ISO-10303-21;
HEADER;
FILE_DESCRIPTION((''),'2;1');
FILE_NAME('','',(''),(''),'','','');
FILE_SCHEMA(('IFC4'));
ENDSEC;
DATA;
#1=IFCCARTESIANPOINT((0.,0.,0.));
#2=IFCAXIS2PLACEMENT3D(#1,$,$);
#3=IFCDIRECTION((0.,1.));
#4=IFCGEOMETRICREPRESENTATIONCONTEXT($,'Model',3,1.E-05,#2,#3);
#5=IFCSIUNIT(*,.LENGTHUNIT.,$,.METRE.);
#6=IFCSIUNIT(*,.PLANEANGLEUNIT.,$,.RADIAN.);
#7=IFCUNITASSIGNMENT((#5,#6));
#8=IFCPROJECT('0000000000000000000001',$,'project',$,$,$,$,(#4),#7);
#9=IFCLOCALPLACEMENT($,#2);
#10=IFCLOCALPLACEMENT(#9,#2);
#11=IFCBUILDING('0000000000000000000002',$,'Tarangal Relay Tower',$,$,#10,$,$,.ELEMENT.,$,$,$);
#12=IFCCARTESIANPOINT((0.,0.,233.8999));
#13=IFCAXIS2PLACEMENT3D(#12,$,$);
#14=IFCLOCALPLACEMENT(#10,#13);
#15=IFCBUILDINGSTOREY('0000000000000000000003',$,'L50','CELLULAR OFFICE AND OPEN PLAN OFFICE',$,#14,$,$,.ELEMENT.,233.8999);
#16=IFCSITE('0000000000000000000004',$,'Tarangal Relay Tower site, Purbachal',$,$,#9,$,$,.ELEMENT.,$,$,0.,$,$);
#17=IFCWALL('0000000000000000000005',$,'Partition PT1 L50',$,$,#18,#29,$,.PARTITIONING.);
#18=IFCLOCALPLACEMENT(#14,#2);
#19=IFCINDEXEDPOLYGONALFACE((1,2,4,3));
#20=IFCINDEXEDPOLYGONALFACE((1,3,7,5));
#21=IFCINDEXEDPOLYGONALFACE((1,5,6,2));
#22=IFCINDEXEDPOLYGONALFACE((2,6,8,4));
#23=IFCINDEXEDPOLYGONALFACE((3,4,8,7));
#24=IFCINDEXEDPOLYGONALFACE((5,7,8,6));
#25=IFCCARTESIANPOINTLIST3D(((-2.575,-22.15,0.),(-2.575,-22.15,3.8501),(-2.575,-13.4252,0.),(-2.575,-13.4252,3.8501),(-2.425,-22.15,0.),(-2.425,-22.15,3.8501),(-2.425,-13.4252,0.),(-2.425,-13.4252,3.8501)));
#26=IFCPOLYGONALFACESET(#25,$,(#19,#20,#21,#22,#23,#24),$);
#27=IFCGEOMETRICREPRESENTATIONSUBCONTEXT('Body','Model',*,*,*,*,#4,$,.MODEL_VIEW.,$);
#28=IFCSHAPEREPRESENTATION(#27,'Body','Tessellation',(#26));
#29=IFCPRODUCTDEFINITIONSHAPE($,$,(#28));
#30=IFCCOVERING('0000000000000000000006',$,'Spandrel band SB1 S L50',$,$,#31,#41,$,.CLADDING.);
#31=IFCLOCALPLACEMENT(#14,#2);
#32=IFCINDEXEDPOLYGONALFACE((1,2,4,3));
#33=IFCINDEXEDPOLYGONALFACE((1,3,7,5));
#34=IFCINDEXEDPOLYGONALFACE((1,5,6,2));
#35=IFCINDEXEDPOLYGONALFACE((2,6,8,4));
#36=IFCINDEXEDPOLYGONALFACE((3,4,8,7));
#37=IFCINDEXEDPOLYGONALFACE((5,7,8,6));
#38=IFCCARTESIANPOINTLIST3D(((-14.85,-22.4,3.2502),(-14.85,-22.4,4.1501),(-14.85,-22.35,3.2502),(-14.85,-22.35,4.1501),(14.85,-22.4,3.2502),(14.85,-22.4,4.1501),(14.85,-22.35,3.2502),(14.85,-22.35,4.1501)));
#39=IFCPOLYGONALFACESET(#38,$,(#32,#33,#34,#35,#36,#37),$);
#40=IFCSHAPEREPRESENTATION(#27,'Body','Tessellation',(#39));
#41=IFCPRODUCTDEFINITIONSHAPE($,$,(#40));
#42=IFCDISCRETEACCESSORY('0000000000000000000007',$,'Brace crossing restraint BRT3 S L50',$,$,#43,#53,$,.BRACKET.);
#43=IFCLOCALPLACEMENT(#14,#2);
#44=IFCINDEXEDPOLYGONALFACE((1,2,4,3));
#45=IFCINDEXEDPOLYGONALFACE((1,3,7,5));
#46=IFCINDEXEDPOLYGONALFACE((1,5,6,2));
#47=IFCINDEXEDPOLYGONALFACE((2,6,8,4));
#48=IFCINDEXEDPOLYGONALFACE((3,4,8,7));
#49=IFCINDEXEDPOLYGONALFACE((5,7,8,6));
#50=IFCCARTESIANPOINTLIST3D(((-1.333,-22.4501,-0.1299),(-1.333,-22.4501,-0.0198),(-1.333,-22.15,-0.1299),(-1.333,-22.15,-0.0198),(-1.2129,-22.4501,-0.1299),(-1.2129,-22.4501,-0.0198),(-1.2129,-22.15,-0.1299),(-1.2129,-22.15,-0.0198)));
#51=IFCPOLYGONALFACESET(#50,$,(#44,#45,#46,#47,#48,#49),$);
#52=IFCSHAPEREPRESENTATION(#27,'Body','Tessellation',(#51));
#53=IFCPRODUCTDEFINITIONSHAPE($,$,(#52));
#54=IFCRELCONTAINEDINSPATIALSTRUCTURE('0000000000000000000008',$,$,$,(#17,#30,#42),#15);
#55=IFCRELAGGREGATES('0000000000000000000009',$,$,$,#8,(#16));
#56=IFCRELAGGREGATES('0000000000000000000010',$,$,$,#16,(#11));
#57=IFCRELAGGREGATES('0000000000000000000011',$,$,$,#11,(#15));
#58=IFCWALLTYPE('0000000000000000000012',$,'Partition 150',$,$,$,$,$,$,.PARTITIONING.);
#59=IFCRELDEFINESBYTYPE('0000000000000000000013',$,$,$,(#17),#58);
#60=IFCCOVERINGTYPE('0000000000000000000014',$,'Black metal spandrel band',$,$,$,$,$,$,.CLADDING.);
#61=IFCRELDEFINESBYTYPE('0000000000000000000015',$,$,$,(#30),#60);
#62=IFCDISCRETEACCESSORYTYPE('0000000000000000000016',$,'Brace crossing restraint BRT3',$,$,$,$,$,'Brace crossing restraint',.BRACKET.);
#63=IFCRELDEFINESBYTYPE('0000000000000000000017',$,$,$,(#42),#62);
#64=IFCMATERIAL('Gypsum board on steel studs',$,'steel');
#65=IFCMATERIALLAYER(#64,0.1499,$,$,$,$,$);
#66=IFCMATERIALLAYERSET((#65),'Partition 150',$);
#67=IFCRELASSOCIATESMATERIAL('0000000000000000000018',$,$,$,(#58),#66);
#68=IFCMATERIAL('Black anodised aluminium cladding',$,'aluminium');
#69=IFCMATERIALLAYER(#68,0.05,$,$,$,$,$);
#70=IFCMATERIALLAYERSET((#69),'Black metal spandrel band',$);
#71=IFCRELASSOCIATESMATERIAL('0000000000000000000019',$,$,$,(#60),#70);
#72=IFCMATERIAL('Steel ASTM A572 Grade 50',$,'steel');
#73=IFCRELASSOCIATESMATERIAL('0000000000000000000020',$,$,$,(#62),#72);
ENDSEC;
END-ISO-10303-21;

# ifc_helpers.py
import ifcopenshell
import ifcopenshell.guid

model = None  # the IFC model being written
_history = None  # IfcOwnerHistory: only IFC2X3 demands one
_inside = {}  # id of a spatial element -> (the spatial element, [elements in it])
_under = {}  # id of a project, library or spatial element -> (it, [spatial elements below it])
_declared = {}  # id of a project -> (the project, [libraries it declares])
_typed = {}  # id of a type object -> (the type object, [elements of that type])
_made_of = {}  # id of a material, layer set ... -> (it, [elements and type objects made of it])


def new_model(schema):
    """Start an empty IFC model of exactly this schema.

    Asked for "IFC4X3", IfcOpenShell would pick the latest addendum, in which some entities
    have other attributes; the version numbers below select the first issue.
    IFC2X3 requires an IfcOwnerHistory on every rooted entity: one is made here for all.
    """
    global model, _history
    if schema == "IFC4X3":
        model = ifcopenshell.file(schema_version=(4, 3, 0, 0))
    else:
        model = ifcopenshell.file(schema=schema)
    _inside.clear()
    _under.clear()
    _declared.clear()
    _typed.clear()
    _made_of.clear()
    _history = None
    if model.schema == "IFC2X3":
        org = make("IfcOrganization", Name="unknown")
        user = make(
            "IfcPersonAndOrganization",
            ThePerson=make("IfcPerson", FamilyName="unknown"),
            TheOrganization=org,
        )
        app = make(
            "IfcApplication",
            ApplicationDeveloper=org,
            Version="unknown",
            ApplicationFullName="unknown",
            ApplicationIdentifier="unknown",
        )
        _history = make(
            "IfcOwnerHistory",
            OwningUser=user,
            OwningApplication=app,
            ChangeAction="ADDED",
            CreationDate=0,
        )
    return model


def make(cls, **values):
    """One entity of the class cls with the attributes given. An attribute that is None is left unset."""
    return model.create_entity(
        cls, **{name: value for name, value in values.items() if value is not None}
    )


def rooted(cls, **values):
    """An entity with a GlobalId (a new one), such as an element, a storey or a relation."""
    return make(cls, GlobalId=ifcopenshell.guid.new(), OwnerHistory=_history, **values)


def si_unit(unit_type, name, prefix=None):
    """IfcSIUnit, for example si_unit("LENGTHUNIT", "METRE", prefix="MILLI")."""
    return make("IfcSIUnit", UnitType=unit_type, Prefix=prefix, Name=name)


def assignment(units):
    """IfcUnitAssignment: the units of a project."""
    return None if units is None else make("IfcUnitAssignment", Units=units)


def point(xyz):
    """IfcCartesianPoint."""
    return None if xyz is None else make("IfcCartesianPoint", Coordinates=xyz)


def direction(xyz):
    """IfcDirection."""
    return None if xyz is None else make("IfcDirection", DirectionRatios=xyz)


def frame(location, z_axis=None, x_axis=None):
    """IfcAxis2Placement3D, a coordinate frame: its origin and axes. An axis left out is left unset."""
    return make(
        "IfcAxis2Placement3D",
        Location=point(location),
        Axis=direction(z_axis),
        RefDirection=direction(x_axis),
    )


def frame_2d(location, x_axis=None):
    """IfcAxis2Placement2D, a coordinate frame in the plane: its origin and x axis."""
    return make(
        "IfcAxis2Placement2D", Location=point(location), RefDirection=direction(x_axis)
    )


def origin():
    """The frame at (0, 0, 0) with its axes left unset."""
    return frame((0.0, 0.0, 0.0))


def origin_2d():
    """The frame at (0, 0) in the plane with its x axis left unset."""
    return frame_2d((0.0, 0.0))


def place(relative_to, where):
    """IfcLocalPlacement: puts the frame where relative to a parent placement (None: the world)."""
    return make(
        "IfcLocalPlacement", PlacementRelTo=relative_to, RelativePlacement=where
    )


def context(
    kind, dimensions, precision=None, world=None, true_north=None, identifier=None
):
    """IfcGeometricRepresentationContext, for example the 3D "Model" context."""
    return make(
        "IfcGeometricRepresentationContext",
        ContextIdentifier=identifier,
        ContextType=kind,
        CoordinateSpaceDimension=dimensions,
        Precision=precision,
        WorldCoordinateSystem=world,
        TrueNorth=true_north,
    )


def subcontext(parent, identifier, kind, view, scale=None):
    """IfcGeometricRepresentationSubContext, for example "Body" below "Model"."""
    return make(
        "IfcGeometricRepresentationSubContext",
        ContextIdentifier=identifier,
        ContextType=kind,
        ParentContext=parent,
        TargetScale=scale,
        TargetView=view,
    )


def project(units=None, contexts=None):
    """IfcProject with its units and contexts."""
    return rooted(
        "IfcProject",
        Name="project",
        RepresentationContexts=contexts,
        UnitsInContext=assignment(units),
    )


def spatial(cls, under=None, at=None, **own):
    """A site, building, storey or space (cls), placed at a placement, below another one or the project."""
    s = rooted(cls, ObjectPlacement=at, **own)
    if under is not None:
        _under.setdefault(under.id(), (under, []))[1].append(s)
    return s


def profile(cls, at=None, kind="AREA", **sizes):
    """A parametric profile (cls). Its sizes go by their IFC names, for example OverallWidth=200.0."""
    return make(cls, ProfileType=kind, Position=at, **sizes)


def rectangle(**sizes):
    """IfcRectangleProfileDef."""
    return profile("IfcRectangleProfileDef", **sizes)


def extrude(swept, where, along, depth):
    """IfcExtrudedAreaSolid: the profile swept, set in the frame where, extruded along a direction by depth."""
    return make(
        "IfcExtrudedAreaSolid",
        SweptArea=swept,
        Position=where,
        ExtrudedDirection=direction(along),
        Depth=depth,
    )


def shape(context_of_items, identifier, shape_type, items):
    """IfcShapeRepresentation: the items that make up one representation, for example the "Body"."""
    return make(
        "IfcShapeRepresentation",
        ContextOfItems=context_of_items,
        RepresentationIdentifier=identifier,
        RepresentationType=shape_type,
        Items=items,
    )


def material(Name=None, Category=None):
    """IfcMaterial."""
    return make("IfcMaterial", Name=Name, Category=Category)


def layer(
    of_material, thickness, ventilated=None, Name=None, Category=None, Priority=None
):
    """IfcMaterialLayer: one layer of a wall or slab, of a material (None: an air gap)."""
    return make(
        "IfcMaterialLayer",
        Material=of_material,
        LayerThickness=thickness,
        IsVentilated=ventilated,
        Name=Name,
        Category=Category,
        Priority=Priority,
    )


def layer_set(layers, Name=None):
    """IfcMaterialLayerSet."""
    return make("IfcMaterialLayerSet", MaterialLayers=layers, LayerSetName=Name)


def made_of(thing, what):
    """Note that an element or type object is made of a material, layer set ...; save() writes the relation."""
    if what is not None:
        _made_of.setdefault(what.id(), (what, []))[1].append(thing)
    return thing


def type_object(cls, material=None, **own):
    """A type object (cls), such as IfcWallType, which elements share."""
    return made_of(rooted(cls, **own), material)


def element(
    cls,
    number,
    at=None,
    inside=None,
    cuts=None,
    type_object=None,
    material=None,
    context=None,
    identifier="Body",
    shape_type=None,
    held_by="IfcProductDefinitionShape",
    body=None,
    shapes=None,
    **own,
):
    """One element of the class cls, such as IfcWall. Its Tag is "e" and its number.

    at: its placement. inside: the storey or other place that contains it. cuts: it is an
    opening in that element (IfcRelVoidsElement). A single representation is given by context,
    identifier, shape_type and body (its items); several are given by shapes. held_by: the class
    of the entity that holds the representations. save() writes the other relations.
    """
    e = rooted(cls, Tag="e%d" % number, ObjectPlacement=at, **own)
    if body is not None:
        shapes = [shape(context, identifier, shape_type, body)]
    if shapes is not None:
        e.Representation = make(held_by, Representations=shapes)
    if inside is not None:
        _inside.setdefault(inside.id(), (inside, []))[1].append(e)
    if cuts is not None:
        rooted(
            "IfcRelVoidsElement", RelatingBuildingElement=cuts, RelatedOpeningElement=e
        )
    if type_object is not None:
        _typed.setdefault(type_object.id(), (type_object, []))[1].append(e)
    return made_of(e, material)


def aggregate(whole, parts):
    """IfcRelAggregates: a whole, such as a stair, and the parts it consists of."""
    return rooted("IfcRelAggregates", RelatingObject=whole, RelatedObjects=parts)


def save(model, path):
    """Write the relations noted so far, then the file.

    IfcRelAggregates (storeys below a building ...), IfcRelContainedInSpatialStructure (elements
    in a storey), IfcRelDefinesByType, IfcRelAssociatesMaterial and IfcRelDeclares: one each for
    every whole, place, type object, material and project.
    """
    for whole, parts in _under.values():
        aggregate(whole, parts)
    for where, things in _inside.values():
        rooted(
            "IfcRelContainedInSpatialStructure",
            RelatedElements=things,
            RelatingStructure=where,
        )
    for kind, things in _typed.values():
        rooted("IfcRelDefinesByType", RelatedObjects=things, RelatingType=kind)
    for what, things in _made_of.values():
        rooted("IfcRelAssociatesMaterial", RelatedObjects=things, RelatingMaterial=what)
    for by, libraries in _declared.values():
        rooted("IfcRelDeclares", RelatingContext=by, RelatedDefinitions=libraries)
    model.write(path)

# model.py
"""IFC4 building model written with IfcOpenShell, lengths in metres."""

from ifc_helpers import new_model, si_unit, direction, frame, frame_2d, origin, origin_2d, place, context, subcontext, project, spatial, rectangle, extrude, material, layer, layer_set, type_object, element, save


model = new_model("IFC4")

# Units and contexts
model_context = context("Model", 3, precision=1e-05, world=origin(), true_north=direction((0.0, 1.0)))
body_context = subcontext(model_context, "Body", "Model", "MODEL_VIEW")
ifc_project = project(units=[si_unit("LENGTHUNIT", "METRE"), si_unit("PLANEANGLEUNIT", "RADIAN")], contexts=[model_context])

# Site, building, storey
site_placement = place(None, origin())
site = spatial("IfcSite", under=ifc_project, at=site_placement, Name="Tarangal Relay Tower site, Purbachal", CompositionType="ELEMENT", RefElevation=0.0)
building_placement = place(site_placement, origin())
building = spatial("IfcBuilding", under=site, at=building_placement, Name="Tarangal Relay Tower", CompositionType="ELEMENT")
storey_placement = place(building_placement, frame((0.0, 0.0, 233.8999)))
storey = spatial("IfcBuildingStorey", under=building, at=storey_placement, Name="L50", Description="CELLULAR OFFICE AND OPEN PLAN OFFICE", CompositionType="ELEMENT", Elevation=233.8999)

# Shared definitions
ifc_material_1 = material(Name="Steel ASTM A572 Grade 50", Category="steel")

# Wall
ifc_material_2 = material(Name="Gypsum board on steel studs", Category="steel")
ifc_layer_1 = layer(ifc_material_2, 0.1499)
ifc_layer_set_1 = layer_set([ifc_layer_1], Name="Partition 150")
wall_type_1 = type_object("IfcWallType", Name="Partition 150", PredefinedType="PARTITIONING", material=ifc_layer_set_1)
for number, where, z_axis, x_axis, name in (
    (1, (-2.5, -22.1499, 0.0), (0.0, 0.0, 1.0), (0.0, 1.0, 0.0), "Partition PT1 L50"),
):
    element("IfcWall", number, at=place(storey_placement, frame(where, z_axis=z_axis, x_axis=x_axis)), inside=storey, type_object=wall_type_1, Name=name, PredefinedType="PARTITIONING", context=body_context, shape_type="SweptSolid", body=[
        extrude(rectangle(XDim=8.7249, YDim=0.1499, at=frame_2d((4.3623, 0.0))), origin(), (0.0, 0.0, 1.0), 3.8501),
    ])

# Covering
ifc_material_3 = material(Name="Black anodised aluminium cladding", Category="aluminium")
ifc_layer_2 = layer(ifc_material_3, 0.05)
ifc_layer_set_2 = layer_set([ifc_layer_2], Name="Black metal spandrel band")
covering_type = type_object("IfcCoveringType", Name="Black metal spandrel band", PredefinedType="CLADDING", material=ifc_layer_set_2)
covering_placement = place(storey_placement, frame((0.0, -22.375, 3.2502), z_axis=(0.0, 0.0, 1.0), x_axis=(-1.0, 0.0, 0.0)))
element("IfcCovering", 2, at=covering_placement, inside=storey, type_object=covering_type, Name="Spandrel band SB1 S L50", PredefinedType="CLADDING", context=body_context, shape_type="SweptSolid", body=[
    extrude(rectangle(XDim=29.7, YDim=0.05, at=origin_2d()), origin(), (0.0, 0.0, 1.0), 0.8999),
])

# Discrete accessory
discrete_accessory_type = type_object("IfcDiscreteAccessoryType", Name="Brace crossing restraint BRT3", ElementType="Brace crossing restraint", PredefinedType="BRACKET", material=ifc_material_1)
discrete_accessory_placement = place(storey_placement, frame((-1.2729, -22.3, -0.1299), z_axis=(0.0, 0.0, 1.0), x_axis=(1.0, 0.0, 0.0)))
element("IfcDiscreteAccessory", 3, at=discrete_accessory_placement, inside=storey, type_object=discrete_accessory_type, Name="Brace crossing restraint BRT3 S L50", PredefinedType="BRACKET", context=body_context, shape_type="SweptSolid", body=[
    extrude(rectangle(XDim=0.1201, YDim=0.3, at=origin_2d()), origin(), (0.0, 0.0, 1.0), 0.1101),
])

save(model, "model.ifc")
